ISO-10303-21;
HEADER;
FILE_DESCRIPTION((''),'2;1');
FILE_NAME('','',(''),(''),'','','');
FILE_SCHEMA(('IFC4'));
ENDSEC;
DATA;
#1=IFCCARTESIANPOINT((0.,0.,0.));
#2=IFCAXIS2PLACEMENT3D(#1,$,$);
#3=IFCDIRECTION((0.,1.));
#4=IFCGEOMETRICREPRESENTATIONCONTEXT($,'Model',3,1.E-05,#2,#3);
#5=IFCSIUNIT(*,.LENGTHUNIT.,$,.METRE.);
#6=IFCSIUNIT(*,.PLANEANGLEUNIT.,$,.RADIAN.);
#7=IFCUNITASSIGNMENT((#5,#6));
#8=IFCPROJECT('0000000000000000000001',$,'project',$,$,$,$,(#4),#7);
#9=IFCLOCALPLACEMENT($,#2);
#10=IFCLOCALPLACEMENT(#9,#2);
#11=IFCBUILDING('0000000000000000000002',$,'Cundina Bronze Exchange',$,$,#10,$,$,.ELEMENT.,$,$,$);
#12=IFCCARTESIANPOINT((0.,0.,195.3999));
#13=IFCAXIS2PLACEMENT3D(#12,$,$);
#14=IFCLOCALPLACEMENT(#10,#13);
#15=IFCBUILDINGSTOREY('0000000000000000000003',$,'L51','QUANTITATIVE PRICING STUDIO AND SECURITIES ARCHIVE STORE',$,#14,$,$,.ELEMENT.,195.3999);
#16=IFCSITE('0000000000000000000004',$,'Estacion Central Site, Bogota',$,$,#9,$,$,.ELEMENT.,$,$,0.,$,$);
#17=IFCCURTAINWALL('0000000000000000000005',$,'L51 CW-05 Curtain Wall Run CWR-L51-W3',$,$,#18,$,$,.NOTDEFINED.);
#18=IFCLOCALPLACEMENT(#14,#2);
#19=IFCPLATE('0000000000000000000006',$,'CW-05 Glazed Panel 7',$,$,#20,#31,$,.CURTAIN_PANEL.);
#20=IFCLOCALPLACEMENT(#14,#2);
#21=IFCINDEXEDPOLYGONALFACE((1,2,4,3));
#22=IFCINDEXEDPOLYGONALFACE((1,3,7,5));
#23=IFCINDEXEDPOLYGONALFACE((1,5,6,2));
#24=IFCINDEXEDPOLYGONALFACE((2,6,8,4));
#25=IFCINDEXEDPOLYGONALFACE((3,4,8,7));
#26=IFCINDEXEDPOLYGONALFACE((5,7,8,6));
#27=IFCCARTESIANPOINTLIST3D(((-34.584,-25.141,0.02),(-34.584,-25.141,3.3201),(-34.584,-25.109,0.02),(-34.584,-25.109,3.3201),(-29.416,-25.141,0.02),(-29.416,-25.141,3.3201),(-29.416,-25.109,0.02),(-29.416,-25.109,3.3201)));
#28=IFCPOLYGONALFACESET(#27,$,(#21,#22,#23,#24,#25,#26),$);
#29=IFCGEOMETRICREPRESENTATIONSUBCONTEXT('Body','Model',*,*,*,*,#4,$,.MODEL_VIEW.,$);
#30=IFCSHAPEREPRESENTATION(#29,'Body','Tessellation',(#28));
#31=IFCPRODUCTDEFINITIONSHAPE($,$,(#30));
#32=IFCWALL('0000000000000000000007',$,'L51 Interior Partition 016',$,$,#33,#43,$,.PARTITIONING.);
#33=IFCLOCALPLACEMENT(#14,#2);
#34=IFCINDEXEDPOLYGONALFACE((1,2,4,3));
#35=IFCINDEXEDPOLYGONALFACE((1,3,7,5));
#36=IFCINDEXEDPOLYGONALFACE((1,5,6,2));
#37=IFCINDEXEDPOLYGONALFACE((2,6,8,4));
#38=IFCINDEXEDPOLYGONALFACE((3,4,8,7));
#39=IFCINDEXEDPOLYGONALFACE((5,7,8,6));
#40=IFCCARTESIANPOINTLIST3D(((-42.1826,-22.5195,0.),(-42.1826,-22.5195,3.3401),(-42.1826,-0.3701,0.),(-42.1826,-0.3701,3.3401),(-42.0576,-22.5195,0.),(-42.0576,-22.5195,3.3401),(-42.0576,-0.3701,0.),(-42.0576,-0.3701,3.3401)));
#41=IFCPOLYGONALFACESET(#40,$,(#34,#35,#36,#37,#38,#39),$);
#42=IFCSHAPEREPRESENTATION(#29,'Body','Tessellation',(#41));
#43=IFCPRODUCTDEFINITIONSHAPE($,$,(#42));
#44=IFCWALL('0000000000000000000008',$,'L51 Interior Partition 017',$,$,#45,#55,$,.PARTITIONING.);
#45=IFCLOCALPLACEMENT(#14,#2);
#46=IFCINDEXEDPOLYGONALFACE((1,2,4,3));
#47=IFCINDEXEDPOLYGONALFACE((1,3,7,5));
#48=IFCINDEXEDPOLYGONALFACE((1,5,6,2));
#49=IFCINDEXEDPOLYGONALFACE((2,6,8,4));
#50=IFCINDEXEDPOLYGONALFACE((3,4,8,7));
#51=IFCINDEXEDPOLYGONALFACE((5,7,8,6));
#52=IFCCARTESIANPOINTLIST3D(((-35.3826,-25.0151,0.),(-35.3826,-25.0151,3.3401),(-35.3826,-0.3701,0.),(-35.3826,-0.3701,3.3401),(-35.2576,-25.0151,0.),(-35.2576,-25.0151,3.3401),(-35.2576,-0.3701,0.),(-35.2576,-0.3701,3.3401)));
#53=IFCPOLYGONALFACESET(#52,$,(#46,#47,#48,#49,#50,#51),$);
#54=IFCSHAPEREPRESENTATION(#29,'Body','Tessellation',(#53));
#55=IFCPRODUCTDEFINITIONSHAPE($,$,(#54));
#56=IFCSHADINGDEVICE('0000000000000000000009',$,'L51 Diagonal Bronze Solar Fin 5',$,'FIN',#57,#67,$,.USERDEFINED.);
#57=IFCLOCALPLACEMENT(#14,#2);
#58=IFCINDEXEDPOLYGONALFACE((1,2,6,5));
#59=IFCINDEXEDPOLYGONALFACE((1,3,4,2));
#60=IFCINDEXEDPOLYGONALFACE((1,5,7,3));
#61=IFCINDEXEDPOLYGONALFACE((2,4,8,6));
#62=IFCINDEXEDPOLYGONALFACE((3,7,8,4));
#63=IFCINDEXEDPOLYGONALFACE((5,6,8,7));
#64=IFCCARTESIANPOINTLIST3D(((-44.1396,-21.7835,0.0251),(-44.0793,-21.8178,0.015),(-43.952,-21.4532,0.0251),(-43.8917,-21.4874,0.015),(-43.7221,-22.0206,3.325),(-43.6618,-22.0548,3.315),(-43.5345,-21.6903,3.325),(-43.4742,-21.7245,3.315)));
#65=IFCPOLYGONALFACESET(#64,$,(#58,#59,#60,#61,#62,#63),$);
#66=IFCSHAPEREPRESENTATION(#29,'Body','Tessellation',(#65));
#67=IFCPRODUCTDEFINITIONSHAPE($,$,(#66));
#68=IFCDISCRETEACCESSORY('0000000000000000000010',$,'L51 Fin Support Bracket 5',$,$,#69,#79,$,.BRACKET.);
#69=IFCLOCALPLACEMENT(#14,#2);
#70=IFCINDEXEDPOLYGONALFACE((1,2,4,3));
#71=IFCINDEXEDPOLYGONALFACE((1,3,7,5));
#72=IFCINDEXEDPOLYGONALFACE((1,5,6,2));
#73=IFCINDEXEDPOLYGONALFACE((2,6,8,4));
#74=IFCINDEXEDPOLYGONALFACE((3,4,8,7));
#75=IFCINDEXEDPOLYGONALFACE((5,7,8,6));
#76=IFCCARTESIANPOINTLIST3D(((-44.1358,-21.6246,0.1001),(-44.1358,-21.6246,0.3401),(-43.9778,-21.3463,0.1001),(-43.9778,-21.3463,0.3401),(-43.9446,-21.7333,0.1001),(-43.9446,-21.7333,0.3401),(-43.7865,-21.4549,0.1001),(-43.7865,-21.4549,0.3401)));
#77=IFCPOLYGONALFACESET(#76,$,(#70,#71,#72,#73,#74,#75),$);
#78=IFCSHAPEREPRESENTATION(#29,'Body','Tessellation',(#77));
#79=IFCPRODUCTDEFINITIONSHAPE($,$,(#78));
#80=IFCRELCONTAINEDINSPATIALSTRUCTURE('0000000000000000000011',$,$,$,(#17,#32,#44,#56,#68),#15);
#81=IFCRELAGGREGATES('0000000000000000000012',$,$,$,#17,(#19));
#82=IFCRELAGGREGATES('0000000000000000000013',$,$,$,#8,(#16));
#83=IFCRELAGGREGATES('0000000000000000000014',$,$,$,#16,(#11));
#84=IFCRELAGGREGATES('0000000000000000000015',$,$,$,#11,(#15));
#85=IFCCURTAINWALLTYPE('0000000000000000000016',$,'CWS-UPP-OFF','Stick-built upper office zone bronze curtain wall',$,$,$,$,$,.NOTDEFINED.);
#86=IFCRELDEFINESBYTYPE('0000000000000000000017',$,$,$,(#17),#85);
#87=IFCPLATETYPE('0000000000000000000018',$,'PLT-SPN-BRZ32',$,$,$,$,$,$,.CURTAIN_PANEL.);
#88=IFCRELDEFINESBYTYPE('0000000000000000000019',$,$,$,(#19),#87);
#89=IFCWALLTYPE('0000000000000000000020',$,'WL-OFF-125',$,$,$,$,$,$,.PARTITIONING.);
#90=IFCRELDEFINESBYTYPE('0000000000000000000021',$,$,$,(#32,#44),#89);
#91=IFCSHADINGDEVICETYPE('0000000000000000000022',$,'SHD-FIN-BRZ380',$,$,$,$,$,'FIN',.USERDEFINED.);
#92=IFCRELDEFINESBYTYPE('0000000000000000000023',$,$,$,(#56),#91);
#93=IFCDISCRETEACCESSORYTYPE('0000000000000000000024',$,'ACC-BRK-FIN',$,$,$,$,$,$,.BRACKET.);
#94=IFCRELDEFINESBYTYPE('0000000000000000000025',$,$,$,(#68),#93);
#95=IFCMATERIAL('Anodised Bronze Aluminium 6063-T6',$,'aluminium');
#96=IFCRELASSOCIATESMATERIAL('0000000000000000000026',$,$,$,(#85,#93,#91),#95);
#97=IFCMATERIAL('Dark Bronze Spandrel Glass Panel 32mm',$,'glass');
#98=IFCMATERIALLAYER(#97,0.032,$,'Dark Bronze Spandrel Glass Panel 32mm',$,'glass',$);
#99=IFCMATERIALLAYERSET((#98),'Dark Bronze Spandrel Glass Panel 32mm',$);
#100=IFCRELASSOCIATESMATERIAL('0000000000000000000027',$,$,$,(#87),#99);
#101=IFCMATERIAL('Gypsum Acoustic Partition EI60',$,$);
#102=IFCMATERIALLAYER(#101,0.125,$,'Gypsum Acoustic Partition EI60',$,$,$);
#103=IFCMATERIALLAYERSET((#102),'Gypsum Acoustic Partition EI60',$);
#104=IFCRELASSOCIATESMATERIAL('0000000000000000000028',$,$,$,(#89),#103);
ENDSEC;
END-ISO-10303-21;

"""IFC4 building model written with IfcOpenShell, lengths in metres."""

from ifc_helpers import new_model, si_unit, direction, frame, frame_2d, origin, origin_2d, place, context, subcontext, project, spatial, rectangle, extrude, material, layer, layer_set, material_profile, profile_set, type_object, element, aggregate, save


model = new_model("IFC4")

# Units and contexts
model_context = context("Model", 3, precision=1e-05, world=origin(), true_north=direction((0.0, 1.0)))
body_context = subcontext(model_context, "Body", "Model", "MODEL_VIEW")
ifc_project = project(units=[si_unit("LENGTHUNIT", "METRE"), si_unit("PLANEANGLEUNIT", "RADIAN")], contexts=[model_context])

# Site, building, storey
site_placement = place(None, origin())
site = spatial("IfcSite", under=ifc_project, at=site_placement, Name="Estacion Central Site, Bogota", CompositionType="ELEMENT", RefElevation=0.0)
building_placement = place(site_placement, origin())
building = spatial("IfcBuilding", under=site, at=building_placement, Name="Cundina Bronze Exchange", CompositionType="ELEMENT")
storey_placement = place(building_placement, frame((0.0, 0.0, 195.3999)))
storey = spatial("IfcBuildingStorey", under=building, at=storey_placement, Name="L51", Description="QUANTITATIVE PRICING STUDIO AND SECURITIES ARCHIVE STORE", CompositionType="ELEMENT", Elevation=195.3999)

# Curtain wall, plate
ifc_material_1 = material(Name="Anodised Bronze Aluminium 6063-T6", Category="aluminium")
curtain_wall_type = type_object("IfcCurtainWallType", Name="CWS-UPP-OFF", Description="Stick-built upper office zone bronze curtain wall", PredefinedType="NOTDEFINED", material=ifc_material_1)
curtain_wall_placement = place(storey_placement, origin())
curtain_wall = element("IfcCurtainWall", 1, at=curtain_wall_placement, inside=storey, type_object=curtain_wall_type, Name="L51 CW-05 Curtain Wall Run CWR-L51-W3", PredefinedType="NOTDEFINED")
ifc_material_2 = material(Name="Dark Bronze Spandrel Glass Panel 32mm", Category="glass")
ifc_layer_1 = layer(ifc_material_2, 0.032, Name="Dark Bronze Spandrel Glass Panel 32mm", Category="glass")
ifc_layer_set_1 = layer_set([ifc_layer_1], Name="Dark Bronze Spandrel Glass Panel 32mm")
plate_type_1 = type_object("IfcPlateType", Name="PLT-SPN-BRZ32", PredefinedType="CURTAIN_PANEL", material=ifc_layer_set_1)
plate_1_placement = place(storey_placement, frame((-32.0, -25.125, 0.02), z_axis=(0.0, 0.0, 1.0), x_axis=(1.0, 0.0, 0.0)))
plate_1 = element("IfcPlate", 2, at=plate_1_placement, type_object=plate_type_1, Name="CW-05 Glazed Panel 7", PredefinedType="CURTAIN_PANEL", context=body_context, shape_type="SweptSolid", body=[
    extrude(rectangle(XDim=5.168, YDim=0.032, at=origin_2d()), origin(), (0.0, 0.0, 1.0), 3.3),
])
aggregate(curtain_wall, [plate_1])

# Walls
ifc_material_3 = material(Name="Gypsum Acoustic Partition EI60")
ifc_layer_2 = layer(ifc_material_3, 0.125, Name="Gypsum Acoustic Partition EI60")
ifc_layer_set_2 = layer_set([ifc_layer_2], Name="Gypsum Acoustic Partition EI60")
wall_type = type_object("IfcWallType", Name="WL-OFF-125", PredefinedType="PARTITIONING", material=ifc_layer_set_2)
wall_1_placement = place(storey_placement, frame((-42.1201, -22.5195, 0.0), z_axis=(0.0, 0.0, 1.0), x_axis=(0.0, 1.0, 0.0)))
element("IfcWall", 3, at=wall_1_placement, inside=storey, type_object=wall_type, Name="L51 Interior Partition 016", PredefinedType="PARTITIONING", context=body_context, shape_type="SweptSolid", body=[
    extrude(rectangle(XDim=22.1494, YDim=0.125, at=frame_2d((11.0747, 0.0))), origin(), (0.0, 0.0, 1.0), 3.3401),
])
wall_2_placement = place(storey_placement, frame((-35.3201, -25.0151, 0.0), z_axis=(0.0, 0.0, 1.0), x_axis=(0.0, 1.0, 0.0)))
element("IfcWall", 4, at=wall_2_placement, inside=storey, type_object=wall_type, Name="L51 Interior Partition 017", PredefinedType="PARTITIONING", context=body_context, shape_type="SweptSolid", body=[
    extrude(rectangle(XDim=24.645, YDim=0.125, at=frame_2d((12.3225, 0.0))), origin(), (0.0, 0.0, 1.0), 3.3401),
])

# Shading device
ifc_material_profile_1 = material_profile(ifc_material_1, rectangle(XDim=0.0701, YDim=0.3799, at=origin_2d()), Name="FIN70X380", Category="aluminium")
ifc_profile_set_1 = profile_set([ifc_material_profile_1], Name="Anodised Bronze Aluminium 6063-T6")
shading_device_type = type_object("IfcShadingDeviceType", Name="SHD-FIN-BRZ380", ElementType="FIN", PredefinedType="USERDEFINED", material=ifc_profile_set_1)
shading_device_placement = place(storey_placement, frame((-44.0156, -21.6355, 0.02), z_axis=(0.12519, -0.071087, 0.989583), x_axis=(-0.860527, 0.488638, 0.143965)))
element("IfcShadingDevice", 5, at=shading_device_placement, inside=storey, type_object=shading_device_type, Name="L51 Diagonal Bronze Solar Fin 5", ObjectType="FIN", PredefinedType="USERDEFINED", context=body_context, shape_type="SweptSolid", body=[
    extrude(rectangle(XDim=0.0701, YDim=0.3799, at=origin_2d()), origin(), (0.0, 0.0, 1.0), 3.3347),
])

# Discrete accessory
discrete_accessory_type = type_object("IfcDiscreteAccessoryType", Name="ACC-BRK-FIN", PredefinedType="BRACKET", material=ifc_material_1)
discrete_accessory_placement = place(storey_placement, frame((-43.9612, -21.5398, 0.1001), z_axis=(0.0, 0.0, 1.0), x_axis=(0.869573, -0.493805, 0.0)))
element("IfcDiscreteAccessory", 6, at=discrete_accessory_placement, inside=storey, type_object=discrete_accessory_type, Name="L51 Fin Support Bracket 5", PredefinedType="BRACKET", context=body_context, shape_type="SweptSolid", body=[
    extrude(rectangle(XDim=0.22, YDim=0.3201, at=origin_2d()), origin(), (0.0, 0.0, 1.0), 0.24),
])

save(model, "model.ifc")
